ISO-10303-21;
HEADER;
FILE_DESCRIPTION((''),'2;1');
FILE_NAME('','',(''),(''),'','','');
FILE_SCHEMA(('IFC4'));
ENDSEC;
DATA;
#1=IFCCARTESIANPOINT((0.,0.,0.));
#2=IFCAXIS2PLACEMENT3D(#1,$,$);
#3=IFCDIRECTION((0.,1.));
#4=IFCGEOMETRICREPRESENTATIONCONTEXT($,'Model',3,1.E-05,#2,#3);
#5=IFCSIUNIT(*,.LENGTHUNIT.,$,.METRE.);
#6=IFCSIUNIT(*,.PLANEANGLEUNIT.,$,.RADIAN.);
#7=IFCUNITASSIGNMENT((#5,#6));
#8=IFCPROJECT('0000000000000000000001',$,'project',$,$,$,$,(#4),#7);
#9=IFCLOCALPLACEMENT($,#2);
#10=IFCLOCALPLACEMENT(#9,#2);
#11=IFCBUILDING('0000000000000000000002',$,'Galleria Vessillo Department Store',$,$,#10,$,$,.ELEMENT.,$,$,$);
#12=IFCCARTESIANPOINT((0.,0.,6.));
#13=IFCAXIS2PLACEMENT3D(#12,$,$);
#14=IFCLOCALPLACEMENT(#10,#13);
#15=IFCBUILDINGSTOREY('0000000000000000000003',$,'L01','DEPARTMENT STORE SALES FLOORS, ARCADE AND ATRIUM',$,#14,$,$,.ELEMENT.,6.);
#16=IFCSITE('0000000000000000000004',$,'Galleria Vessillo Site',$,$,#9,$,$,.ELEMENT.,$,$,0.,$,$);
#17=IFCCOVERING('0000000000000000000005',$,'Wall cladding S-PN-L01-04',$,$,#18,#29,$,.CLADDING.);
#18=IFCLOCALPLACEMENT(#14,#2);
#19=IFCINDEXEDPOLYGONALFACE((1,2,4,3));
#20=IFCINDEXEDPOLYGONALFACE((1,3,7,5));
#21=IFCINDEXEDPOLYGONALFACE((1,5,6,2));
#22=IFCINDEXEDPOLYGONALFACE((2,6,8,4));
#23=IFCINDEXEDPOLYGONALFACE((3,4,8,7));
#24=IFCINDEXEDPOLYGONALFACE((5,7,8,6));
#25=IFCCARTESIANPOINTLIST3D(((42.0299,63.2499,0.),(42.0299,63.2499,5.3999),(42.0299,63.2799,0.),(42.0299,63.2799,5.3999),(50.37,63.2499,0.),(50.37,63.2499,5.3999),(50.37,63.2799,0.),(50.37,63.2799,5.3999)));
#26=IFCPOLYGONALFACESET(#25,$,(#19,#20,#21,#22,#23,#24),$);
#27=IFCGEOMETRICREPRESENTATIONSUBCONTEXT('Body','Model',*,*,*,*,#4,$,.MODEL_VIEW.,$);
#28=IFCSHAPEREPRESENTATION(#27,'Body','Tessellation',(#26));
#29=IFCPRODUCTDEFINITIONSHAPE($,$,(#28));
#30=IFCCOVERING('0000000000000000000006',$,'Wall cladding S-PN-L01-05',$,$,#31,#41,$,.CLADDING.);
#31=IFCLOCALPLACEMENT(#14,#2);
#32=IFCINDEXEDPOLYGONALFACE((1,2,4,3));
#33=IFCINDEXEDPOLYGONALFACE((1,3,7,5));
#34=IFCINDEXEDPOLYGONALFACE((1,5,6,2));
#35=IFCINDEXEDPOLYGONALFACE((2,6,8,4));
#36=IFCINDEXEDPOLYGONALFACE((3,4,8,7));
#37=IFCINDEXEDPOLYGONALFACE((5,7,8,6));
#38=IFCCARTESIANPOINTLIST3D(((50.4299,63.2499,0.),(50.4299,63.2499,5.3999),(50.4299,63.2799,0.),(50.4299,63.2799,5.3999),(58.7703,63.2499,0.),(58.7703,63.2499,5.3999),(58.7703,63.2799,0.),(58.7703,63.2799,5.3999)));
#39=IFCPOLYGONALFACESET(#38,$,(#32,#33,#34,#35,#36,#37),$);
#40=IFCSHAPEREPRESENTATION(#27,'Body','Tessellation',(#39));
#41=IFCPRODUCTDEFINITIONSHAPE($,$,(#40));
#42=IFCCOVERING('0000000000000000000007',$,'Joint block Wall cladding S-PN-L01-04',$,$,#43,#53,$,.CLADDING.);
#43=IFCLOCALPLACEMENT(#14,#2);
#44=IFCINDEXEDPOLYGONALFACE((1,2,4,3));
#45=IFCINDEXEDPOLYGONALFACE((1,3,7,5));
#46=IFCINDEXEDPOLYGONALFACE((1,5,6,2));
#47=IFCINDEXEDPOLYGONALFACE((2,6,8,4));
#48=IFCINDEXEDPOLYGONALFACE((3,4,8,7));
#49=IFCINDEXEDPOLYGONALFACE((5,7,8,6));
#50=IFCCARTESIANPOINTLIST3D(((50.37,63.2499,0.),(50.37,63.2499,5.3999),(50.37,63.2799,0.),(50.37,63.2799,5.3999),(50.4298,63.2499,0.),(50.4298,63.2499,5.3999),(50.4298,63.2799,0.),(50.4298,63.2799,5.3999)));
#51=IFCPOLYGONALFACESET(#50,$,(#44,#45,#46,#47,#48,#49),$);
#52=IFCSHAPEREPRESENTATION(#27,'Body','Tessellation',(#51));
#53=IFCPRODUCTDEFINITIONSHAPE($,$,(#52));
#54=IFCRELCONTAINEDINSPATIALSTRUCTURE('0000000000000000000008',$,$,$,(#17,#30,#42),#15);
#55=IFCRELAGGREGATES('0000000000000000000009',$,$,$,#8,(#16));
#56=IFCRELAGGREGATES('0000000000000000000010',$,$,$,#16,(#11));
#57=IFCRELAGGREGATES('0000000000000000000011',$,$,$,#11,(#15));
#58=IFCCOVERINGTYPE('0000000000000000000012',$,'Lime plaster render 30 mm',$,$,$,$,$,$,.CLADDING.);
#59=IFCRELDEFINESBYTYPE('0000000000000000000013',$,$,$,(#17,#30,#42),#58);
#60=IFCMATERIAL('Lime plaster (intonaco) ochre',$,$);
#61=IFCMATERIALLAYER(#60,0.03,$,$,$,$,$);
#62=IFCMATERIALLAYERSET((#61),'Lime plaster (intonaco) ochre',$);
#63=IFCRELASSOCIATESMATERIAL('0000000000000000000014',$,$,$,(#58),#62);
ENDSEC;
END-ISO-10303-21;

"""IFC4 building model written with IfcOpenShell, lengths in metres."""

from ifc_helpers import new_model, si_unit, direction, frame, origin, origin_2d, place, context, subcontext, project, spatial, rectangle, extrude, material, layer, layer_set, type_object, element, save


model = new_model("IFC4")

# Units and contexts
model_context = context("Model", 3, precision=1e-05, world=origin(), true_north=direction((0.0, 1.0)))
body_context = subcontext(model_context, "Body", "Model", "MODEL_VIEW")
ifc_project = project(units=[si_unit("LENGTHUNIT", "METRE"), si_unit("PLANEANGLEUNIT", "RADIAN")], contexts=[model_context])

# Site, building, storey
site_placement = place(None, origin())
site = spatial("IfcSite", under=ifc_project, at=site_placement, Name="Galleria Vessillo Site", CompositionType="ELEMENT", RefElevation=0.0)
building_placement = place(site_placement, origin())
building = spatial("IfcBuilding", under=site, at=building_placement, Name="Galleria Vessillo Department Store", CompositionType="ELEMENT")
storey_placement = place(building_placement, frame((0.0, 0.0, 6.0)))
storey = spatial("IfcBuildingStorey", under=building, at=storey_placement, Name="L01", Description="DEPARTMENT STORE SALES FLOORS, ARCADE AND ATRIUM", CompositionType="ELEMENT", Elevation=6.0)

# Coverings
ifc_material_1 = material(Name="Lime plaster (intonaco) ochre")
ifc_layer_1 = layer(ifc_material_1, 0.03)
ifc_layer_set_1 = layer_set([ifc_layer_1], Name="Lime plaster (intonaco) ochre")
covering_type = type_object("IfcCoveringType", Name="Lime plaster render 30 mm", PredefinedType="CLADDING", material=ifc_layer_set_1)
covering_1_placement = place(storey_placement, frame((46.2, 63.2649, 0.0), z_axis=(0.0, 0.0, 1.0), x_axis=(1.0, 0.0, 0.0)))
element("IfcCovering", 1, at=covering_1_placement, inside=storey, type_object=covering_type, Name="Wall cladding S-PN-L01-04", PredefinedType="CLADDING", context=body_context, shape_type="SweptSolid", body=[
    extrude(rectangle(XDim=8.3401, YDim=0.03, at=origin_2d()), origin(), (0.0, 0.0, 1.0), 5.3999),
])
covering_2_placement = place(storey_placement, frame((54.6001, 63.2649, 0.0), z_axis=(0.0, 0.0, 1.0), x_axis=(1.0, 0.0, 0.0)))
element("IfcCovering", 2, at=covering_2_placement, inside=storey, type_object=covering_type, Name="Wall cladding S-PN-L01-05", PredefinedType="CLADDING", context=body_context, shape_type="SweptSolid", body=[
    extrude(rectangle(XDim=8.3403, YDim=0.03, at=origin_2d()), origin(), (0.0, 0.0, 1.0), 5.3999),
])
covering_3_placement = place(storey_placement, frame((50.3999, 63.2649, 0.0), z_axis=(0.0, 0.0, 1.0), x_axis=(1.0, 0.0, 0.0)))
element("IfcCovering", 3, at=covering_3_placement, inside=storey, type_object=covering_type, Name="Joint block Wall cladding S-PN-L01-04", PredefinedType="CLADDING", context=body_context, shape_type="SweptSolid", body=[
    extrude(rectangle(XDim=0.0598, YDim=0.03, at=origin_2d()), origin(), (0.0, 0.0, 1.0), 5.3999),
])

save(model, "model.ifc")
